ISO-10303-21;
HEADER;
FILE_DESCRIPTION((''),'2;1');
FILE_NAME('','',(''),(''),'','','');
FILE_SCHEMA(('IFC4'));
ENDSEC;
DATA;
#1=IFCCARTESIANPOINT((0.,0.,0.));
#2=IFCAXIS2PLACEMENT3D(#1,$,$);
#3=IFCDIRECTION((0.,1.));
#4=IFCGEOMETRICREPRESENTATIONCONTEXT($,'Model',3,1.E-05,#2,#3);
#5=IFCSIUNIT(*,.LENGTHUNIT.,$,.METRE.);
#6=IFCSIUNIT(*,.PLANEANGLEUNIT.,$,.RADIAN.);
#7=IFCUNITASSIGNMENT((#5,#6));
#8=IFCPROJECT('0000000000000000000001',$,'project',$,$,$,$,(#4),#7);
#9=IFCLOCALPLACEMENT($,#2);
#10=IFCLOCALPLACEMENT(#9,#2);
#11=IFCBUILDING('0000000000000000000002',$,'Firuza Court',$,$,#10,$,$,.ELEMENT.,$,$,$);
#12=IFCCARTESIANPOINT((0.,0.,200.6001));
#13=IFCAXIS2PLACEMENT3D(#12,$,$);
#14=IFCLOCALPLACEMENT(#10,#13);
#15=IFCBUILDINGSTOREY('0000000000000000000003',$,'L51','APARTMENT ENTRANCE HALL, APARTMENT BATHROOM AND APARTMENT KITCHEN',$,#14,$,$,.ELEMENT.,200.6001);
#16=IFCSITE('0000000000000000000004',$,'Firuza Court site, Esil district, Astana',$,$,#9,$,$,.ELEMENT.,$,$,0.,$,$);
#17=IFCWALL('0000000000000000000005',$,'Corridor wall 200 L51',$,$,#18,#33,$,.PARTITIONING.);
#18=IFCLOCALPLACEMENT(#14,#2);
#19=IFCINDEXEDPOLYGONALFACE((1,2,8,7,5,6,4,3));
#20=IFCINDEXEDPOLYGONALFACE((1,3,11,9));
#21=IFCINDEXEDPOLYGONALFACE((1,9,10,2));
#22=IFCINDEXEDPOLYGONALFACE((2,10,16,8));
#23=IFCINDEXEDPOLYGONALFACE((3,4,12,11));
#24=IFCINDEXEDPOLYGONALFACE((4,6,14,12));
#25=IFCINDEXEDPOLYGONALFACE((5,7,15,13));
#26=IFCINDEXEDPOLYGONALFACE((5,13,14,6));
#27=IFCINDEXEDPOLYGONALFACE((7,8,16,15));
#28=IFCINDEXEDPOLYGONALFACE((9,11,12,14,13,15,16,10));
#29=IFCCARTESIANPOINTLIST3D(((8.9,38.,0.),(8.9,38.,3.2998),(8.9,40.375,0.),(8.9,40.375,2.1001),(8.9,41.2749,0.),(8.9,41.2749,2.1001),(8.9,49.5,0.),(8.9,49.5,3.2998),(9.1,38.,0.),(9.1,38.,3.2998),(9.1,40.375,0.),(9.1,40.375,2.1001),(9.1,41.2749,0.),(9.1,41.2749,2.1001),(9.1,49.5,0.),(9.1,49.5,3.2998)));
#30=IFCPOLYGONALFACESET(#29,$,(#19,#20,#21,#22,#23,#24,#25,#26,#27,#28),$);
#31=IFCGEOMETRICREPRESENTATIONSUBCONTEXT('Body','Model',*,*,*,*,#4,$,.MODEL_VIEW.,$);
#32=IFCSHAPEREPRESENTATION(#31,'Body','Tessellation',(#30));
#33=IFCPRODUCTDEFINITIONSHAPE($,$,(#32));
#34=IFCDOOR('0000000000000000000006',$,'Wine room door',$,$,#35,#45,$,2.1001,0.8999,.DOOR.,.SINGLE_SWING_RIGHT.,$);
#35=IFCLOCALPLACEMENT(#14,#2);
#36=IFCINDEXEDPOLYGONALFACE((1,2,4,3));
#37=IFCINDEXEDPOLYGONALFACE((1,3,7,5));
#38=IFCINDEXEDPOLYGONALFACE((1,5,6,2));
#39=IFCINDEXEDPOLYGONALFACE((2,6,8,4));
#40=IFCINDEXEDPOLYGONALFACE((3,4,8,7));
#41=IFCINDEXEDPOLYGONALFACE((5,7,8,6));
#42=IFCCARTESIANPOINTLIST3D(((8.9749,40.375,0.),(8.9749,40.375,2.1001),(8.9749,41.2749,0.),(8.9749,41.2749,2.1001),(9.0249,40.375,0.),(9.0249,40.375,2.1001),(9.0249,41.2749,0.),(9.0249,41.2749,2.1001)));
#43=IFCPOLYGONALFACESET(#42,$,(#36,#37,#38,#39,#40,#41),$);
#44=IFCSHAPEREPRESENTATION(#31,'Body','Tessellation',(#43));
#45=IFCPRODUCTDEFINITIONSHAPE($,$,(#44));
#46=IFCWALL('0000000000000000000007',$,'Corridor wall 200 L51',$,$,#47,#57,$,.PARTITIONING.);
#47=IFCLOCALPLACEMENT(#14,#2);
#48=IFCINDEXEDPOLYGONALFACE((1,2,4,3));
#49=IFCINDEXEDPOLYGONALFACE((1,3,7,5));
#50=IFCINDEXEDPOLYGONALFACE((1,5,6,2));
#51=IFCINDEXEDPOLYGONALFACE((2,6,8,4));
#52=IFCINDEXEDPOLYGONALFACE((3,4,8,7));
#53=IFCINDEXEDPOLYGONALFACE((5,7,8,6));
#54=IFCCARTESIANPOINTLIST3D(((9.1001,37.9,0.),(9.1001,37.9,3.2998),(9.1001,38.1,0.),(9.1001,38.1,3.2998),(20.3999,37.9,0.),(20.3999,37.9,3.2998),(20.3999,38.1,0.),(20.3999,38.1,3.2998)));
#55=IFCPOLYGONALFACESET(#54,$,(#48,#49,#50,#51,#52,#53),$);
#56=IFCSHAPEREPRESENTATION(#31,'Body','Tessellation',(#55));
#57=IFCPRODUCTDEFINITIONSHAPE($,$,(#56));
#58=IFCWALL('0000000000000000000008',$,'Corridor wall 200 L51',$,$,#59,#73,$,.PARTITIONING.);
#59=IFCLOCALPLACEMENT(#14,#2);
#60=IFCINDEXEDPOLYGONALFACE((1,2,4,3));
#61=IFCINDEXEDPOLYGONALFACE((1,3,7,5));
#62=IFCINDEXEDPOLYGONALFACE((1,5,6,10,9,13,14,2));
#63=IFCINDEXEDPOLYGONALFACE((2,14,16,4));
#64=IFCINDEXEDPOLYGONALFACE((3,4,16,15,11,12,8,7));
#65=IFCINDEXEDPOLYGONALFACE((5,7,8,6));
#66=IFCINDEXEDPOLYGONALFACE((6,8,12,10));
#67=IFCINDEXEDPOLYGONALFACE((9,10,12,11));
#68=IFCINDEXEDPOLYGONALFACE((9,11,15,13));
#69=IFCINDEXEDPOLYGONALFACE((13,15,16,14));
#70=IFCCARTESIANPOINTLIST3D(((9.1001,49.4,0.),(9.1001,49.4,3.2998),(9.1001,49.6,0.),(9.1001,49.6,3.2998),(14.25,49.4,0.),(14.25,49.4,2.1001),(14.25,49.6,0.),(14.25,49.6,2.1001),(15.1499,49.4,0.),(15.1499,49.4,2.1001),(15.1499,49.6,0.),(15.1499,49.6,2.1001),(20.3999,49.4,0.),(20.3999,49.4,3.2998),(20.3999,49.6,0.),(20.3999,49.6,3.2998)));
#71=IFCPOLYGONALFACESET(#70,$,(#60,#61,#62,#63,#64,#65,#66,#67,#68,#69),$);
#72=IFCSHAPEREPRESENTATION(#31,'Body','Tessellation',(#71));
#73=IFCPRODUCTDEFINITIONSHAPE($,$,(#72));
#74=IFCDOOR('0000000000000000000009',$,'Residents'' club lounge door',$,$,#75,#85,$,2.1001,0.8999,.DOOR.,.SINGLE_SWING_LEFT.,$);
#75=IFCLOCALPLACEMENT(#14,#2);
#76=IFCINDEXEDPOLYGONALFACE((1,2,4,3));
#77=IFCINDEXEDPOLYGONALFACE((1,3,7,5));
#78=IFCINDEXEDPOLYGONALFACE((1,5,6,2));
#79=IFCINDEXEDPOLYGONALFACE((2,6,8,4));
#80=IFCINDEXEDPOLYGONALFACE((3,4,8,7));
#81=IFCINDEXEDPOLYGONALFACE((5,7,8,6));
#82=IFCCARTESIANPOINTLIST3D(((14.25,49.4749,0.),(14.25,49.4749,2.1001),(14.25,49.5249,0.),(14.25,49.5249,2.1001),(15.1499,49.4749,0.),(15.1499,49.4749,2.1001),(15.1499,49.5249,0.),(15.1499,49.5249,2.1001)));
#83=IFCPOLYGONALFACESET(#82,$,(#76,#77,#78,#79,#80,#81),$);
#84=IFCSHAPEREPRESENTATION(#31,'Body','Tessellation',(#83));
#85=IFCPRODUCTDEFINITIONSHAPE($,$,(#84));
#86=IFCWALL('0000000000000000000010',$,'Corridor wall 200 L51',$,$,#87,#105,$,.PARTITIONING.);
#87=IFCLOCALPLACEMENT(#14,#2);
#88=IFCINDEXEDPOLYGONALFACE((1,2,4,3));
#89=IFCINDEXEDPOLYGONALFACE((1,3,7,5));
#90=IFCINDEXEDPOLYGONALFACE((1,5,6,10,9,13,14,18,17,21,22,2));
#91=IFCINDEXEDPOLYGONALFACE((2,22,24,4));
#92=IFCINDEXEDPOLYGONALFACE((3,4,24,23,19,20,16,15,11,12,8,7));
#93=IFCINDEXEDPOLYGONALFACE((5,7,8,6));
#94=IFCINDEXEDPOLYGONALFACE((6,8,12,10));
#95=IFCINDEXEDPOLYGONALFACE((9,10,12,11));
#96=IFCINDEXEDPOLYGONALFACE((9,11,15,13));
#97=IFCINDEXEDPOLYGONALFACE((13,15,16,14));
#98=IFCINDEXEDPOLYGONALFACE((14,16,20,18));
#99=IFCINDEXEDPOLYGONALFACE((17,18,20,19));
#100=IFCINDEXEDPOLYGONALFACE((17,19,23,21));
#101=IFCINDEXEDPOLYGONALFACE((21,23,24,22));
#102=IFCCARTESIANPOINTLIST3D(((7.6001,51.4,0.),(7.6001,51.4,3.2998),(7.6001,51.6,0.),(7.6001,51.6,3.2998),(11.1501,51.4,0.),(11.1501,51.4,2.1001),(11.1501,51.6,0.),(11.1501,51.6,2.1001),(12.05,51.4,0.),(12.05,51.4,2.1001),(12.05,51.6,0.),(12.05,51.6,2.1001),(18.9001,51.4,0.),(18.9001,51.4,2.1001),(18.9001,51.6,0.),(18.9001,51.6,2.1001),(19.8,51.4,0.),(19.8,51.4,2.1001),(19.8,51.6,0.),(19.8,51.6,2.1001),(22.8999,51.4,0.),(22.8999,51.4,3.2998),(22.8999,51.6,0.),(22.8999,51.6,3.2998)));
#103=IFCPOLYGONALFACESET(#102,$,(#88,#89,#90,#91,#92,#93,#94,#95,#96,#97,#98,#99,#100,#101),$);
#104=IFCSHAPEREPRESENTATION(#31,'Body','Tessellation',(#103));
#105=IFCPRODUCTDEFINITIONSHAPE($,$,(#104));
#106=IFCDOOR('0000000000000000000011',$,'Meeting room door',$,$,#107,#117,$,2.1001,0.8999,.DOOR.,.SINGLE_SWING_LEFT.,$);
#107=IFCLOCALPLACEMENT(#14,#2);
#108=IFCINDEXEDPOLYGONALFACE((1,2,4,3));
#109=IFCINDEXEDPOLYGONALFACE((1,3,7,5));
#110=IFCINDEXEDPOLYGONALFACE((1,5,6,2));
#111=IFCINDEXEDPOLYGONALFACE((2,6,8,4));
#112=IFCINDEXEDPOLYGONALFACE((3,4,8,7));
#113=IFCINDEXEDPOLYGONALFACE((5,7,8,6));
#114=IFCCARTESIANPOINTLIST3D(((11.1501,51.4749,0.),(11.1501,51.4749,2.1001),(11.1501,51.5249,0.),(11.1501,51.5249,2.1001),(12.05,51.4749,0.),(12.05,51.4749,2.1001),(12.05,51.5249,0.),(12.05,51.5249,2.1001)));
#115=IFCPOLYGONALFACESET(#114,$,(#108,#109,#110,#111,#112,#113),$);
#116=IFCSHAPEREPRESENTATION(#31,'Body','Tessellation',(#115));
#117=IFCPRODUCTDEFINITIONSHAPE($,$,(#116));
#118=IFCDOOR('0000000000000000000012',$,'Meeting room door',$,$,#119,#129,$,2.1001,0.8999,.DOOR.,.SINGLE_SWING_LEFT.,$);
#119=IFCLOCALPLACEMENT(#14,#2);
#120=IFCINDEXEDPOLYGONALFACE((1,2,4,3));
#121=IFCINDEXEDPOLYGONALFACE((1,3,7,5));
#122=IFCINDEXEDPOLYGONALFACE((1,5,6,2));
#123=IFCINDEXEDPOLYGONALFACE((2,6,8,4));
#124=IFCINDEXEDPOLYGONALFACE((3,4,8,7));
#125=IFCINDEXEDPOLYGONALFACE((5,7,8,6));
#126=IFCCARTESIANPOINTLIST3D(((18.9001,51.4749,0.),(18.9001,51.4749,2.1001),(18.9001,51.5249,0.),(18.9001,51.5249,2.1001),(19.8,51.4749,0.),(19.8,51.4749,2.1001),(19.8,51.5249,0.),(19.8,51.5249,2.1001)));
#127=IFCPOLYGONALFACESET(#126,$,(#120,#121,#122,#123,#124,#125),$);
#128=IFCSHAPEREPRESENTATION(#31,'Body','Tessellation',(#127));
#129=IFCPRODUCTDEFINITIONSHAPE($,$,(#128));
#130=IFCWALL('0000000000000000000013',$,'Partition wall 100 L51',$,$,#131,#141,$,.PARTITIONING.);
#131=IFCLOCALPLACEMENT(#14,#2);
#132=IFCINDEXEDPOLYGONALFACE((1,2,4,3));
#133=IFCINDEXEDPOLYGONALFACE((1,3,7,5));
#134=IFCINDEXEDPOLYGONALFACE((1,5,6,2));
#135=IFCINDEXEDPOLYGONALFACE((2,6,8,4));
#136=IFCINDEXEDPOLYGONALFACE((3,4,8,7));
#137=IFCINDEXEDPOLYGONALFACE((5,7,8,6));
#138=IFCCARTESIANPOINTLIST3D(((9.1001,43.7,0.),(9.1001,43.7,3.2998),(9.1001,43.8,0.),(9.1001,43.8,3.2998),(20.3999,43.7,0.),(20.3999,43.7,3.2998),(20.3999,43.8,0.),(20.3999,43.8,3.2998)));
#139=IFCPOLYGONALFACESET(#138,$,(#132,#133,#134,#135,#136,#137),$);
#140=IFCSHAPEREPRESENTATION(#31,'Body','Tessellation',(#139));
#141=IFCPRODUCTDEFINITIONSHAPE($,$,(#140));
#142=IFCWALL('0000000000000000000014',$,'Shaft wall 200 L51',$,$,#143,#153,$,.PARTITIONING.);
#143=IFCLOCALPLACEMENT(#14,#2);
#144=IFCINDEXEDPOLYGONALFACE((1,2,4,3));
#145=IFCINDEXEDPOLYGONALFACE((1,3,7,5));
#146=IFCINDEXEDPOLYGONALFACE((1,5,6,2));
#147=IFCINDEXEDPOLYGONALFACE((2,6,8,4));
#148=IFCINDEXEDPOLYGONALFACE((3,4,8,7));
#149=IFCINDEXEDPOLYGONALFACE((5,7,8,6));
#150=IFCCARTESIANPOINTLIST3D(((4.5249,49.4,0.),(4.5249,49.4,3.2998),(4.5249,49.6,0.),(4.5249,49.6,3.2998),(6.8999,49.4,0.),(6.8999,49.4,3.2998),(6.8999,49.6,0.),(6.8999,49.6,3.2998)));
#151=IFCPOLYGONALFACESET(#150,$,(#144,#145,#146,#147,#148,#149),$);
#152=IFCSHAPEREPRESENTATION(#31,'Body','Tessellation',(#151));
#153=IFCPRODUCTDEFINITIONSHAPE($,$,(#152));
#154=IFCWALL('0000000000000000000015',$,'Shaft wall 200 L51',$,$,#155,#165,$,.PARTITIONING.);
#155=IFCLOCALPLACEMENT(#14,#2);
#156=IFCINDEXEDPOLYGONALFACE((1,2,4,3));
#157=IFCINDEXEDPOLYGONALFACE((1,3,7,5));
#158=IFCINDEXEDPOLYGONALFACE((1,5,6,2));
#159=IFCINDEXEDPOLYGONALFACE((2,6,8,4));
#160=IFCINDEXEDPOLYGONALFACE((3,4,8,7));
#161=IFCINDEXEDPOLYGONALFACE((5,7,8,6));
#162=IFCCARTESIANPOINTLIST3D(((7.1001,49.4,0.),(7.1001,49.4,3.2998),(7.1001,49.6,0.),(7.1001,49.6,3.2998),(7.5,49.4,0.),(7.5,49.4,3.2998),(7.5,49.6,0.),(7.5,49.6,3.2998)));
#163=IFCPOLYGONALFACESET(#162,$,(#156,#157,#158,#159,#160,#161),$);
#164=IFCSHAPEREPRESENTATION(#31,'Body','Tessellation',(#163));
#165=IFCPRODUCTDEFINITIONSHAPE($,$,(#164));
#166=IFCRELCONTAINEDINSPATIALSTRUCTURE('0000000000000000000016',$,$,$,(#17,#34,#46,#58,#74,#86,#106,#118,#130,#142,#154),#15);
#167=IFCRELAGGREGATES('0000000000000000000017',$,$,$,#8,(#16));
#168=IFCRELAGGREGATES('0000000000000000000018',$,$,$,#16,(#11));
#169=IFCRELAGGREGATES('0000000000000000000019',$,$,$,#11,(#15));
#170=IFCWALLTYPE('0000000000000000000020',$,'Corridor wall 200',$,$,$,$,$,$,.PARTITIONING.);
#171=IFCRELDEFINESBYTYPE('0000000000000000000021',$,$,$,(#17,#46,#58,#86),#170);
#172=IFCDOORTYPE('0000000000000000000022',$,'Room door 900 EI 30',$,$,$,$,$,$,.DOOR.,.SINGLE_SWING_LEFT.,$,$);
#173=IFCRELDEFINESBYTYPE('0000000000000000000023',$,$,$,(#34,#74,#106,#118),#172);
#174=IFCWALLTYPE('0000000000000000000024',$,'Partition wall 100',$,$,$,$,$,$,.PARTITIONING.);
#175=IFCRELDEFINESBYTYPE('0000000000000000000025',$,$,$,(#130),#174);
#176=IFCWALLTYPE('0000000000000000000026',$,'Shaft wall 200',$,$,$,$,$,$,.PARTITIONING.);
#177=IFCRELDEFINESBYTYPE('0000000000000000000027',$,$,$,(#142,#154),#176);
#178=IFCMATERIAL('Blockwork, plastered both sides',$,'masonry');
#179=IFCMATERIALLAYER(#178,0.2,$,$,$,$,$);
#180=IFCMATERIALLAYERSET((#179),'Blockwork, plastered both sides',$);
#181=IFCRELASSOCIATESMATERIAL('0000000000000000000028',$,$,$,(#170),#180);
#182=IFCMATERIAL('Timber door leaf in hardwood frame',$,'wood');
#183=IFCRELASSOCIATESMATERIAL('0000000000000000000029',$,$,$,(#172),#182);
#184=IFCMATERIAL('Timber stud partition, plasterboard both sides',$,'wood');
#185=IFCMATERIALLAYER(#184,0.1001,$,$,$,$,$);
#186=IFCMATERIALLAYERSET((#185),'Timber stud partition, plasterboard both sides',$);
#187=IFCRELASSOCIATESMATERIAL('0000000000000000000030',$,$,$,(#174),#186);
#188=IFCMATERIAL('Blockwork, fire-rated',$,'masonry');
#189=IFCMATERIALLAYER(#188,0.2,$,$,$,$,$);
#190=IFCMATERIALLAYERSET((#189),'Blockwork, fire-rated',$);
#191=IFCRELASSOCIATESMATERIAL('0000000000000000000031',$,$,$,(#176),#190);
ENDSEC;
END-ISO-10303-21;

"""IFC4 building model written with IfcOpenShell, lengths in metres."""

from ifc_helpers import new_model, si_unit, direction, frame, frame_2d, origin, place, context, subcontext, project, spatial, rectangle, extrude, material, layer, layer_set, type_object, element, fill, save


model = new_model("IFC4")

# Units and contexts
model_context = context("Model", 3, precision=1e-05, world=origin(), true_north=direction((0.0, 1.0)))
body_context = subcontext(model_context, "Body", "Model", "MODEL_VIEW")
ifc_project = project(units=[si_unit("LENGTHUNIT", "METRE"), si_unit("PLANEANGLEUNIT", "RADIAN")], contexts=[model_context])

# Site, building, storey
site_placement = place(None, origin())
site = spatial("IfcSite", under=ifc_project, at=site_placement, Name="Firuza Court site, Esil district, Astana", CompositionType="ELEMENT", RefElevation=0.0)
building_placement = place(site_placement, origin())
building = spatial("IfcBuilding", under=site, at=building_placement, Name="Firuza Court", CompositionType="ELEMENT")
storey_placement = place(building_placement, frame((0.0, 0.0, 200.6001)))
storey = spatial("IfcBuildingStorey", under=building, at=storey_placement, Name="L51", Description="APARTMENT ENTRANCE HALL, APARTMENT BATHROOM AND APARTMENT KITCHEN", CompositionType="ELEMENT", Elevation=200.6001)

# Wall, opening, door
ifc_material_1 = material(Name="Blockwork, plastered both sides", Category="masonry")
ifc_layer_1 = layer(ifc_material_1, 0.2)
ifc_layer_set_1 = layer_set([ifc_layer_1], Name="Blockwork, plastered both sides")
wall_type_1 = type_object("IfcWallType", Name="Corridor wall 200", PredefinedType="PARTITIONING", material=ifc_layer_set_1)
wall_1_placement = place(storey_placement, frame((9.0, 38.0, 0.0), z_axis=(0.0, 0.0, 1.0), x_axis=(0.0, 1.0, 0.0)))
wall_1 = element("IfcWall", 1, at=wall_1_placement, inside=storey, type_object=wall_type_1, Name="Corridor wall 200 L51", PredefinedType="PARTITIONING", context=body_context, shape_type="SweptSolid", body=[
    extrude(rectangle(XDim=11.5, YDim=0.2, at=frame_2d((5.75, 0.0))), origin(), (0.0, 0.0, 1.0), 3.2998),
])
opening_1_placement = place(wall_1_placement, frame((2.375, 0.0, 0.0)))
opening_1 = element("IfcOpeningElement", 2, at=opening_1_placement, cuts=wall_1, PredefinedType="OPENING", context=body_context, shape_type="SweptSolid", body=[
    extrude(rectangle(XDim=0.8999, YDim=2.1001, at=frame_2d((0.45, 1.05))), frame((0.0, 0.1118, 0.0), z_axis=(0.0, -1.0, 0.0), x_axis=(1.0, 0.0, 0.0)), (0.0, 0.0, 1.0), 0.2239),
])
ifc_material_2 = material(Name="Timber door leaf in hardwood frame", Category="wood")
door_type_1 = type_object("IfcDoorType", Name="Room door 900 EI 30", OperationType="SINGLE_SWING_LEFT", PredefinedType="DOOR", material=ifc_material_2)
door_1_placement = place(opening_1_placement, frame((0.8999, 0.0, 0.0), z_axis=(0.0, 0.0, 1.0), x_axis=(-1.0, 0.0, 0.0)))
door_1 = element("IfcDoor", 3, at=door_1_placement, inside=storey, type_object=door_type_1, Name="Wine room door", OperationType="SINGLE_SWING_RIGHT", OverallHeight=2.1001, OverallWidth=0.8999, PredefinedType="DOOR", context=body_context, shape_type="SweptSolid", body=[
    extrude(rectangle(XDim=0.8999, YDim=2.1001, at=frame_2d((0.45, 1.05))), frame((0.0, 0.0249, 0.0), z_axis=(0.0, -1.0, 0.0), x_axis=(1.0, 0.0, 0.0)), (0.0, 0.0, 1.0), 0.05),
])
fill(opening_1, door_1)

# Wall
wall_2_placement = place(storey_placement, frame((9.1001, 38.0, 0.0), z_axis=(0.0, 0.0, 1.0), x_axis=(1.0, 0.0, 0.0)))
element("IfcWall", 4, at=wall_2_placement, inside=storey, type_object=wall_type_1, Name="Corridor wall 200 L51", PredefinedType="PARTITIONING", context=body_context, shape_type="SweptSolid", body=[
    extrude(rectangle(XDim=11.2998, YDim=0.2, at=frame_2d((5.6499, 0.0))), origin(), (0.0, 0.0, 1.0), 3.2998),
])

# Wall, opening, door
wall_3_placement = place(storey_placement, frame((9.1001, 49.5, 0.0), z_axis=(0.0, 0.0, 1.0), x_axis=(1.0, 0.0, 0.0)))
wall_3 = element("IfcWall", 5, at=wall_3_placement, inside=storey, type_object=wall_type_1, Name="Corridor wall 200 L51", PredefinedType="PARTITIONING", context=body_context, shape_type="SweptSolid", body=[
    extrude(rectangle(XDim=11.2998, YDim=0.2, at=frame_2d((5.6499, 0.0))), origin(), (0.0, 0.0, 1.0), 3.2998),
])
opening_2_placement = place(wall_3_placement, frame((5.1499, 0.0, 0.0)))
opening_2 = element("IfcOpeningElement", 6, at=opening_2_placement, cuts=wall_3, PredefinedType="OPENING", context=body_context, shape_type="SweptSolid", body=[
    extrude(rectangle(XDim=0.8999, YDim=2.1001, at=frame_2d((0.45, 1.05))), frame((0.0, 0.1118, 0.0), z_axis=(0.0, -1.0, 0.0), x_axis=(1.0, 0.0, 0.0)), (0.0, 0.0, 1.0), 0.2239),
])
door_2_placement = place(opening_2_placement, origin())
door_2 = element("IfcDoor", 7, at=door_2_placement, inside=storey, type_object=door_type_1, Name="Residents' club lounge door", OperationType="SINGLE_SWING_LEFT", OverallHeight=2.1001, OverallWidth=0.8999, PredefinedType="DOOR", context=body_context, shape_type="SweptSolid", body=[
    extrude(rectangle(XDim=0.8999, YDim=2.1001, at=frame_2d((0.45, 1.05))), frame((0.0, 0.0249, 0.0), z_axis=(0.0, -1.0, 0.0), x_axis=(1.0, 0.0, 0.0)), (0.0, 0.0, 1.0), 0.05),
])
fill(opening_2, door_2)

# Wall, openings, doors
wall_4_placement = place(storey_placement, frame((7.6001, 51.5, 0.0), z_axis=(0.0, 0.0, 1.0), x_axis=(1.0, 0.0, 0.0)))
wall_4 = element("IfcWall", 8, at=wall_4_placement, inside=storey, type_object=wall_type_1, Name="Corridor wall 200 L51", PredefinedType="PARTITIONING", context=body_context, shape_type="SweptSolid", body=[
    extrude(rectangle(XDim=15.2998, YDim=0.2, at=frame_2d((7.6499, 0.0))), origin(), (0.0, 0.0, 1.0), 3.2998),
])
opening_3_placement = place(wall_4_placement, frame((3.55, 0.0, 0.0)))
opening_3 = element("IfcOpeningElement", 9, at=opening_3_placement, cuts=wall_4, PredefinedType="OPENING", context=body_context, shape_type="SweptSolid", body=[
    extrude(rectangle(XDim=0.8999, YDim=2.1001, at=frame_2d((0.45, 1.05))), frame((0.0, 0.1118, 0.0), z_axis=(0.0, -1.0, 0.0), x_axis=(1.0, 0.0, 0.0)), (0.0, 0.0, 1.0), 0.2239),
])
opening_4_placement = place(wall_4_placement, frame((11.3, 0.0, 0.0)))
opening_4 = element("IfcOpeningElement", 10, at=opening_4_placement, cuts=wall_4, PredefinedType="OPENING", context=body_context, shape_type="SweptSolid", body=[
    extrude(rectangle(XDim=0.8999, YDim=2.1001, at=frame_2d((0.45, 1.05))), frame((0.0, 0.1118, 0.0), z_axis=(0.0, -1.0, 0.0), x_axis=(1.0, 0.0, 0.0)), (0.0, 0.0, 1.0), 0.2239),
])
door_3_placement = place(opening_3_placement, origin())
door_3 = element("IfcDoor", 11, at=door_3_placement, inside=storey, type_object=door_type_1, Name="Meeting room door", OperationType="SINGLE_SWING_LEFT", OverallHeight=2.1001, OverallWidth=0.8999, PredefinedType="DOOR", context=body_context, shape_type="SweptSolid", body=[
    extrude(rectangle(XDim=0.8999, YDim=2.1001, at=frame_2d((0.45, 1.05))), frame((0.0, 0.0249, 0.0), z_axis=(0.0, -1.0, 0.0), x_axis=(1.0, 0.0, 0.0)), (0.0, 0.0, 1.0), 0.05),
])
fill(opening_3, door_3)
door_4_placement = place(opening_4_placement, origin())
door_4 = element("IfcDoor", 12, at=door_4_placement, inside=storey, type_object=door_type_1, Name="Meeting room door", OperationType="SINGLE_SWING_LEFT", OverallHeight=2.1001, OverallWidth=0.8999, PredefinedType="DOOR", context=body_context, shape_type="SweptSolid", body=[
    extrude(rectangle(XDim=0.8999, YDim=2.1001, at=frame_2d((0.45, 1.05))), frame((0.0, 0.0249, 0.0), z_axis=(0.0, -1.0, 0.0), x_axis=(1.0, 0.0, 0.0)), (0.0, 0.0, 1.0), 0.05),
])
fill(opening_4, door_4)

# Walls
ifc_material_3 = material(Name="Timber stud partition, plasterboard both sides", Category="wood")
ifc_layer_2 = layer(ifc_material_3, 0.1001)
ifc_layer_set_2 = layer_set([ifc_layer_2], Name="Timber stud partition, plasterboard both sides")
wall_type_2 = type_object("IfcWallType", Name="Partition wall 100", PredefinedType="PARTITIONING", material=ifc_layer_set_2)
wall_5_placement = place(storey_placement, frame((9.1001, 43.75, 0.0), z_axis=(0.0, 0.0, 1.0), x_axis=(1.0, 0.0, 0.0)))
element("IfcWall", 13, at=wall_5_placement, inside=storey, type_object=wall_type_2, Name="Partition wall 100 L51", PredefinedType="PARTITIONING", context=body_context, shape_type="SweptSolid", body=[
    extrude(rectangle(XDim=11.2998, YDim=0.1001, at=frame_2d((5.6499, 0.0))), origin(), (0.0, 0.0, 1.0), 3.2998),
])
ifc_material_4 = material(Name="Blockwork, fire-rated", Category="masonry")
ifc_layer_3 = layer(ifc_material_4, 0.2)
ifc_layer_set_3 = layer_set([ifc_layer_3], Name="Blockwork, fire-rated")
wall_type_3 = type_object("IfcWallType", Name="Shaft wall 200", PredefinedType="PARTITIONING", material=ifc_layer_set_3)
wall_6_placement = place(storey_placement, frame((4.5249, 49.5, 0.0), z_axis=(0.0, 0.0, 1.0), x_axis=(1.0, 0.0, 0.0)))
element("IfcWall", 14, at=wall_6_placement, inside=storey, type_object=wall_type_3, Name="Shaft wall 200 L51", PredefinedType="PARTITIONING", context=body_context, shape_type="SweptSolid", body=[
    extrude(rectangle(XDim=2.375, YDim=0.2, at=frame_2d((1.1875, 0.0))), origin(), (0.0, 0.0, 1.0), 3.2998),
])
wall_7_placement = place(storey_placement, frame((7.1001, 49.5, 0.0), z_axis=(0.0, 0.0, 1.0), x_axis=(1.0, 0.0, 0.0)))
element("IfcWall", 15, at=wall_7_placement, inside=storey, type_object=wall_type_3, Name="Shaft wall 200 L51", PredefinedType="PARTITIONING", context=body_context, shape_type="SweptSolid", body=[
    extrude(rectangle(XDim=0.3999, YDim=0.2, at=frame_2d((0.2, 0.0))), origin(), (0.0, 0.0, 1.0), 3.2998),
])

save(model, "model.ifc")
